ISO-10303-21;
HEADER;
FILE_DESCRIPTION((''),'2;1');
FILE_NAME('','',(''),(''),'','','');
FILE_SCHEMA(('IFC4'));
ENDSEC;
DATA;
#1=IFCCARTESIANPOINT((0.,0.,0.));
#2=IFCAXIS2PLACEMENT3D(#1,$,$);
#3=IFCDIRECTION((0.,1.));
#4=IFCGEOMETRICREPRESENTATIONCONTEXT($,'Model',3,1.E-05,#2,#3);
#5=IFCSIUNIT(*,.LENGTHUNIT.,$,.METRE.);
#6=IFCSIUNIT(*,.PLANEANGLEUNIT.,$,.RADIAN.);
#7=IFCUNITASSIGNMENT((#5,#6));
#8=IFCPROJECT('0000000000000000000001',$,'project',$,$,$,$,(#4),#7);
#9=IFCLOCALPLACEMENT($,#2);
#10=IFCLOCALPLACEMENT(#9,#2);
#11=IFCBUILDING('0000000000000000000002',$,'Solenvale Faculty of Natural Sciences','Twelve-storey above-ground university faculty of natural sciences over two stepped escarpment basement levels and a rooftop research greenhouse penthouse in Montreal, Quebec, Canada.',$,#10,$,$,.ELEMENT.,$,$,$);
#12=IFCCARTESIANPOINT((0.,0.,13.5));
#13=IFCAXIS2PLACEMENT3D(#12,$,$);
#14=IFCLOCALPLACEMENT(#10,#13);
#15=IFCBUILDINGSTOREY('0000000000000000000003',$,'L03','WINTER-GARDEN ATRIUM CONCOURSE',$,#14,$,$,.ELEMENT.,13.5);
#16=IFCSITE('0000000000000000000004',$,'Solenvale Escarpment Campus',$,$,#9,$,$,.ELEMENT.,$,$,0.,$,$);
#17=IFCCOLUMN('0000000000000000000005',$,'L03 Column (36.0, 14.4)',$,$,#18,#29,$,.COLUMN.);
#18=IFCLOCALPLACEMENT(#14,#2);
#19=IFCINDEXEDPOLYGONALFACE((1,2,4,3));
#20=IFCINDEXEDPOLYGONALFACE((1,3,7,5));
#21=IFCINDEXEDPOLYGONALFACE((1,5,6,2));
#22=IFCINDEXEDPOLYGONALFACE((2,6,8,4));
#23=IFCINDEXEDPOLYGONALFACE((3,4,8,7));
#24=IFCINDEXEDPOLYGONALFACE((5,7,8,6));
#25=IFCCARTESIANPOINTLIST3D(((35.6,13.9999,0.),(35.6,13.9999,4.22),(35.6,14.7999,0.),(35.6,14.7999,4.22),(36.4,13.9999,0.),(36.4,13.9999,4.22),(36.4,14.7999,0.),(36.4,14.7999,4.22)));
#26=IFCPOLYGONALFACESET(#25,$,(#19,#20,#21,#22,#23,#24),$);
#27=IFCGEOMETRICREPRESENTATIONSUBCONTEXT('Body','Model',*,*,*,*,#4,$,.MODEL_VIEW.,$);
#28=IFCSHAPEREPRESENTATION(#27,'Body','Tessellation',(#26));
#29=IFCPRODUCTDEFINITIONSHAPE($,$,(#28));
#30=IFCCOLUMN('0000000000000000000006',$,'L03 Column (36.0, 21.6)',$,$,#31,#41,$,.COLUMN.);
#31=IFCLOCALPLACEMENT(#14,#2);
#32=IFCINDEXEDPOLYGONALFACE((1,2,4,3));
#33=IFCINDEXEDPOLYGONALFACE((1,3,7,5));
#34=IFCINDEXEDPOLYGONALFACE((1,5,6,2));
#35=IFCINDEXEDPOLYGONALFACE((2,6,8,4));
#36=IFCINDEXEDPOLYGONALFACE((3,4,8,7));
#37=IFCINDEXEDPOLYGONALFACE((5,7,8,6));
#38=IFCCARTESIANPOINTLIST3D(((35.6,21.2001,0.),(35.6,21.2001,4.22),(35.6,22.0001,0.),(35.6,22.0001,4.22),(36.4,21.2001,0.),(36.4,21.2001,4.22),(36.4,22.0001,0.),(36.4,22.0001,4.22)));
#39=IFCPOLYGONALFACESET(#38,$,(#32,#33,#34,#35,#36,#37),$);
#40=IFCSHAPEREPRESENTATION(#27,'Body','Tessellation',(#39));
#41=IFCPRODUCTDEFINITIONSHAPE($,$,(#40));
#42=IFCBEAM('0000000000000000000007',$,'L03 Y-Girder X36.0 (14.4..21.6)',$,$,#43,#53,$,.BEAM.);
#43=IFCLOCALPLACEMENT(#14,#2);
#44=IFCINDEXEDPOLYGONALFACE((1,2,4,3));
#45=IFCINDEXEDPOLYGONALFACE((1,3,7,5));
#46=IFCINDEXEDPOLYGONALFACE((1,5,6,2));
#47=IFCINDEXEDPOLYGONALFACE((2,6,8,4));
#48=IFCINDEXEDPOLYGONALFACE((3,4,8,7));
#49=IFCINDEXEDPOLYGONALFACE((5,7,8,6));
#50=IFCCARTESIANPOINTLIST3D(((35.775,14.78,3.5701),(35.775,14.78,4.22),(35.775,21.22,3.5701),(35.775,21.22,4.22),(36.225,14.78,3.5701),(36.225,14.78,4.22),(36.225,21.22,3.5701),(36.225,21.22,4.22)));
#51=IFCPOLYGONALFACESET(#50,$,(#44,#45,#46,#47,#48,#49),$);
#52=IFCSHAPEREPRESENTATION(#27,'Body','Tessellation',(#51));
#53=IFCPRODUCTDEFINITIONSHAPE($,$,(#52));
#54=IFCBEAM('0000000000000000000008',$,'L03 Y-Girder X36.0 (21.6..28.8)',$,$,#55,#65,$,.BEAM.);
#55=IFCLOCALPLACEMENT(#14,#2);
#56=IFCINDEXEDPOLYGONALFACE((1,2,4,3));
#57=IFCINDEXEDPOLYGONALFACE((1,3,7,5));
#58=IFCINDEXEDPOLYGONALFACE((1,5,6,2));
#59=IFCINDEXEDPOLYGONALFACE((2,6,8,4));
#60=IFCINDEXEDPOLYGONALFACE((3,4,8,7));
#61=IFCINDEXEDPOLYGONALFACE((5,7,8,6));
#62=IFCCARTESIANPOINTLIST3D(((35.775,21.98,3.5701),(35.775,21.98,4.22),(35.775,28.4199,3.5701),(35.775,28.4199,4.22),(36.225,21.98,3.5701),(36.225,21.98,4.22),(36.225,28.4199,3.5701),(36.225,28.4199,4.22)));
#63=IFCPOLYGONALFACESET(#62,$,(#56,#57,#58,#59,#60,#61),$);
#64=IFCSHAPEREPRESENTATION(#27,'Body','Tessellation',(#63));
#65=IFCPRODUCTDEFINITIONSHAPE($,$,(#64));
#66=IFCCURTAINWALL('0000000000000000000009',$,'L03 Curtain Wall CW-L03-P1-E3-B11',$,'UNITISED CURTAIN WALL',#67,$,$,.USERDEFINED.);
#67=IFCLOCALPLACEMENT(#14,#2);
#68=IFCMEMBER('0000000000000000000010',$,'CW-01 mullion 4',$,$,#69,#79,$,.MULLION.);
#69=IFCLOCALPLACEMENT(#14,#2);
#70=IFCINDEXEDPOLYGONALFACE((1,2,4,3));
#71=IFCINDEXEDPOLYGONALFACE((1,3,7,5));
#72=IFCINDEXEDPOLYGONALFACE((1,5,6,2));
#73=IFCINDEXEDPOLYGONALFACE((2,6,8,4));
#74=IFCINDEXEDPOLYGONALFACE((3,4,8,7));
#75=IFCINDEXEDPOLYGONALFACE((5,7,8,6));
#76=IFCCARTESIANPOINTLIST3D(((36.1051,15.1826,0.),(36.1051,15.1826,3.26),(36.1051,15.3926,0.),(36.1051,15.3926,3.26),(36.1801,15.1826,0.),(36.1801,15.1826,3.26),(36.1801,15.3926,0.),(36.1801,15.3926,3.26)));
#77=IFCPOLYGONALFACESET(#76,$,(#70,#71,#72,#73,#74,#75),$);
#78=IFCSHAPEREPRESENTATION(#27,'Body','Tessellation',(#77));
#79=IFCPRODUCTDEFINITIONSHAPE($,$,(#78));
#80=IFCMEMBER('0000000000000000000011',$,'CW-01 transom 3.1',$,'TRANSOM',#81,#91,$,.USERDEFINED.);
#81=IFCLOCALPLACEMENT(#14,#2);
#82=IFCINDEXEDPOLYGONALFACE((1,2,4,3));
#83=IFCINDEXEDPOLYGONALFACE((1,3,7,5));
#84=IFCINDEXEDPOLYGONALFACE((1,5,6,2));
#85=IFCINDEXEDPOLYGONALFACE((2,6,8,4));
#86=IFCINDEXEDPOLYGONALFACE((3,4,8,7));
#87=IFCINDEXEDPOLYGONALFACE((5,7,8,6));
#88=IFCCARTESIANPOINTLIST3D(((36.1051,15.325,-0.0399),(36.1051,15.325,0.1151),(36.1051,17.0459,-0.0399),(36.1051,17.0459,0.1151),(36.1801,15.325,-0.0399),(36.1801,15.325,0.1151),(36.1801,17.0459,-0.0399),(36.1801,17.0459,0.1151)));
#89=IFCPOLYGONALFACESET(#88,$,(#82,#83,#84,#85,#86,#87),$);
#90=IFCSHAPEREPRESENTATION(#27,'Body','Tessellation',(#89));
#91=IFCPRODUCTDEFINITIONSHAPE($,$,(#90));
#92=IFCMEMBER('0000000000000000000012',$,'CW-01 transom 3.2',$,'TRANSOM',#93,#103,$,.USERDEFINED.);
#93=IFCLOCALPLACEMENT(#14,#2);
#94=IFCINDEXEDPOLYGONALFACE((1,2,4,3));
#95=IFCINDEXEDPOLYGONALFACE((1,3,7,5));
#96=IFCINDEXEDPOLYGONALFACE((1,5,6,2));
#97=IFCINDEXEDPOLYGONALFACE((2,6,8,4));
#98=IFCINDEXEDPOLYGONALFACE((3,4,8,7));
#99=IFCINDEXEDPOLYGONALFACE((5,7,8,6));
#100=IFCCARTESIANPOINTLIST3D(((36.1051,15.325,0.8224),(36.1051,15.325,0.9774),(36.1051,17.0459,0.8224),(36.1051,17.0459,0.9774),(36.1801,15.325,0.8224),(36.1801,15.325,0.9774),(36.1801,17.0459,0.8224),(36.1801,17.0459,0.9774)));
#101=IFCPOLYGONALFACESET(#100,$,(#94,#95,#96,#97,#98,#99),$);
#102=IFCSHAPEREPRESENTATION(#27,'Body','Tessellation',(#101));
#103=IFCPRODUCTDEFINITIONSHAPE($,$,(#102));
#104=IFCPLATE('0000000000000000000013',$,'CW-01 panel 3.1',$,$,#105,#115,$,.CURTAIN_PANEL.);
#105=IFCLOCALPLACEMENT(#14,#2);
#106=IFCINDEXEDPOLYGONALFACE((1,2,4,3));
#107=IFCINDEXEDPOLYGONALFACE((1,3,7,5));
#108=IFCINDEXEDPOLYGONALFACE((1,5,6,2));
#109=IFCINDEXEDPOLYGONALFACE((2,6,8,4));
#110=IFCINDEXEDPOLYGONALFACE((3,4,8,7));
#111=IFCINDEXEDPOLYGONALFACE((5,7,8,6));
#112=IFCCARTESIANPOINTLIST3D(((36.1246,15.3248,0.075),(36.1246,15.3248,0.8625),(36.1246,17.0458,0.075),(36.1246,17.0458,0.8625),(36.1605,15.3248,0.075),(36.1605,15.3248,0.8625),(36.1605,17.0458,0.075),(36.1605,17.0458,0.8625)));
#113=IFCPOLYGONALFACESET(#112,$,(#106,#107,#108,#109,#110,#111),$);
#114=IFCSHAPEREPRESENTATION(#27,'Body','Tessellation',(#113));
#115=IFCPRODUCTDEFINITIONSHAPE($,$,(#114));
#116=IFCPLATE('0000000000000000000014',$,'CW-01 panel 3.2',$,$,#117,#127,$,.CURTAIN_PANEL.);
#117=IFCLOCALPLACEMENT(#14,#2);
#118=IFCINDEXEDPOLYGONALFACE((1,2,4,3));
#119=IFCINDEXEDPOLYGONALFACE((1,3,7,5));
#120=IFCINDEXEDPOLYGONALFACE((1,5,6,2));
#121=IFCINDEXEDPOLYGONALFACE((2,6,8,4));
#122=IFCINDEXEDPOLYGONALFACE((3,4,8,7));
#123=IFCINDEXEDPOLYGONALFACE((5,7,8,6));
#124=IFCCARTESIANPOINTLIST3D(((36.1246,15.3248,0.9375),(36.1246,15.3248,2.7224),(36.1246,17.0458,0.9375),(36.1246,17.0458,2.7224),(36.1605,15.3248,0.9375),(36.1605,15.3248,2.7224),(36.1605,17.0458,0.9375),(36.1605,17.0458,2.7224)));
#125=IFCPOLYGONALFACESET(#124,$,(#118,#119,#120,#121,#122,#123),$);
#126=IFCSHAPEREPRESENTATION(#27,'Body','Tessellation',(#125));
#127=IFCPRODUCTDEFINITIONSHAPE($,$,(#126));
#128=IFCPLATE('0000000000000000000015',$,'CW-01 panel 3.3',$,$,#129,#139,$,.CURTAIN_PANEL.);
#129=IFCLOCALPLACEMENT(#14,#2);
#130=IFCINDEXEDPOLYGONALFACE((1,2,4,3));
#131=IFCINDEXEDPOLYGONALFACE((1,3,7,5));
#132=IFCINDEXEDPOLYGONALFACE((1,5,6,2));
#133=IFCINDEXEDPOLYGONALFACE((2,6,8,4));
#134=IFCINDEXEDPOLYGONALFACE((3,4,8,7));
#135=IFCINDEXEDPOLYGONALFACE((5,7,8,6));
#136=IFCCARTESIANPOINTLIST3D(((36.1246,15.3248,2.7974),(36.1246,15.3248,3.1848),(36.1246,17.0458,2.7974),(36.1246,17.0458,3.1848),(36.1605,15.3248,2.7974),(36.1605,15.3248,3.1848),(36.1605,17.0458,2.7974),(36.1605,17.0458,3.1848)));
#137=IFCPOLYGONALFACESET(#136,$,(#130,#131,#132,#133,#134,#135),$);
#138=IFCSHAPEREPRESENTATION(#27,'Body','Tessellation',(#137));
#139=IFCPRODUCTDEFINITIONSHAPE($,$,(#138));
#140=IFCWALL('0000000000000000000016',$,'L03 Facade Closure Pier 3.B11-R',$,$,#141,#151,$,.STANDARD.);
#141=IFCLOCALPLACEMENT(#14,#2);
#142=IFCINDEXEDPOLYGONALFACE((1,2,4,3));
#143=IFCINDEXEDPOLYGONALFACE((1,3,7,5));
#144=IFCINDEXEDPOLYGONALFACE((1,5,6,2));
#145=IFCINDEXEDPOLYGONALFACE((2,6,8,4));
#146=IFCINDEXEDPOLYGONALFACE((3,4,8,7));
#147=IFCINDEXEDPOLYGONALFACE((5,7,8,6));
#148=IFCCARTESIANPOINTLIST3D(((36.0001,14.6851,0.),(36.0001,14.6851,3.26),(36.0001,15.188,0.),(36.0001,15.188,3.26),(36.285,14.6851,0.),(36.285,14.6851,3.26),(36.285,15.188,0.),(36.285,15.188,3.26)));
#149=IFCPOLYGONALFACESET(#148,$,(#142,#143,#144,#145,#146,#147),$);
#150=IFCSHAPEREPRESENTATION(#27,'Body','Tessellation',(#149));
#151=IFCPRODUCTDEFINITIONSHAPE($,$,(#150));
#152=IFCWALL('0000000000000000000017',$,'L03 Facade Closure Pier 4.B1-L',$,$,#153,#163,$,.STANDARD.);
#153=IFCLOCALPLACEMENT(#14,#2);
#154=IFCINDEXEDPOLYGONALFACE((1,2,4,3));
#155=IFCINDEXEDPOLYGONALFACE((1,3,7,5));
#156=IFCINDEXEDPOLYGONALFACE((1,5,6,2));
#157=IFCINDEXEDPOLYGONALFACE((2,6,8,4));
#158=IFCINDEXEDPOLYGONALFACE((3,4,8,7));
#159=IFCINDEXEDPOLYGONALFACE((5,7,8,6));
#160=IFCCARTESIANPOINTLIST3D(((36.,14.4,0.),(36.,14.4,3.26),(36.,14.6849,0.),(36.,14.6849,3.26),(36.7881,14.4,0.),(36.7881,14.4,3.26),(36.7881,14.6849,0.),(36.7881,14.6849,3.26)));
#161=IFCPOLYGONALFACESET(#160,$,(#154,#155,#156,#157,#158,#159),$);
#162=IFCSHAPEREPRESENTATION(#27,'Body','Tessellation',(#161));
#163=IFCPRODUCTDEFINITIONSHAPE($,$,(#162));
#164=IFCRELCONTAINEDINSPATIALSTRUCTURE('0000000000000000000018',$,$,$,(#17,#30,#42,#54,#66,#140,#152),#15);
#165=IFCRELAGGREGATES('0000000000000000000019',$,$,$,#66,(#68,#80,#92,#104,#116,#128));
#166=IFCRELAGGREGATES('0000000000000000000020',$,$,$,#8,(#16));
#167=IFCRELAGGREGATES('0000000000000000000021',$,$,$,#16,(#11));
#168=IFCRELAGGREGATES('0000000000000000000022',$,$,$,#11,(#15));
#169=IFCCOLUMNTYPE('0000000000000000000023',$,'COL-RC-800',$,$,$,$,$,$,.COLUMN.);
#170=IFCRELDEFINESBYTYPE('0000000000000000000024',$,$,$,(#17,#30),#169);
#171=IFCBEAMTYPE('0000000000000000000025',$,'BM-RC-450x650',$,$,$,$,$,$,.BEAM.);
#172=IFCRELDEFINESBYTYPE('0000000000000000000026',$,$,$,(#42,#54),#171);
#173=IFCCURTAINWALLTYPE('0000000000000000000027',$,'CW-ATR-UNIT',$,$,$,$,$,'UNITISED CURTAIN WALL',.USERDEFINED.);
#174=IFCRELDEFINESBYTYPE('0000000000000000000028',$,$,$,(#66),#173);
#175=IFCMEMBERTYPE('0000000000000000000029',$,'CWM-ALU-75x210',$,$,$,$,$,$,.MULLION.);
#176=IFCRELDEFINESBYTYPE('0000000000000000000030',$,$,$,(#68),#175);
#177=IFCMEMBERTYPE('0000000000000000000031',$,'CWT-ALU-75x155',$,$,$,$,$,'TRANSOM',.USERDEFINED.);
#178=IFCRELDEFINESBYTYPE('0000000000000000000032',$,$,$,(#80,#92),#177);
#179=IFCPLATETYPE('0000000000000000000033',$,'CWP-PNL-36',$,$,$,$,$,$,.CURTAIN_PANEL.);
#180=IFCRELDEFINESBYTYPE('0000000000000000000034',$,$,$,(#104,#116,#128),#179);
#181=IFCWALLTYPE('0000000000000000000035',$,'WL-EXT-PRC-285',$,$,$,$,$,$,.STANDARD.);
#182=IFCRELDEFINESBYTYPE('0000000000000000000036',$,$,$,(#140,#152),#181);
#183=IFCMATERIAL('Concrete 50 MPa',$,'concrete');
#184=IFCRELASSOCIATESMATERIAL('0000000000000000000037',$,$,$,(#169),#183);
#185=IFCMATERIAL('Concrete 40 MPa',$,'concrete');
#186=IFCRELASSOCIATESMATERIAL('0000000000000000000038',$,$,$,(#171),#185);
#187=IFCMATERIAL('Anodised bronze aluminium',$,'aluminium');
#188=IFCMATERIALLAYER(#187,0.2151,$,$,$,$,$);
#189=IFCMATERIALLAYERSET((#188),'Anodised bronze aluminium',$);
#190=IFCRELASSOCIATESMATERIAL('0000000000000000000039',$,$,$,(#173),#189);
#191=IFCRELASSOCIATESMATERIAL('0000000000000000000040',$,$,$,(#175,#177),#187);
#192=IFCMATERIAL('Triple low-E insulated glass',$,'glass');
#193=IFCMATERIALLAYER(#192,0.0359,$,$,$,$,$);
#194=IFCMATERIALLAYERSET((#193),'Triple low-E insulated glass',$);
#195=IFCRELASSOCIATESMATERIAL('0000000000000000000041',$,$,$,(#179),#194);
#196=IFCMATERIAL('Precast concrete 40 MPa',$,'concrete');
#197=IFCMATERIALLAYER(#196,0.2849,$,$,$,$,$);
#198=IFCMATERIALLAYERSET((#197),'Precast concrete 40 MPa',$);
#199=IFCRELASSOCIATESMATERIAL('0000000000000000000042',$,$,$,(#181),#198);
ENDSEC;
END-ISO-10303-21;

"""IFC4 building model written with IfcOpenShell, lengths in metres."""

from ifc_helpers import new_model, si_unit, direction, frame, frame_2d, origin, origin_2d, place, context, subcontext, project, spatial, rectangle, extrude, material, layer, layer_set, material_profile, profile_set, type_object, element, aggregate, save


model = new_model("IFC4")

# Units and contexts
model_context = context("Model", 3, precision=1e-05, world=origin(), true_north=direction((0.0, 1.0)))
body_context = subcontext(model_context, "Body", "Model", "MODEL_VIEW")
ifc_project = project(units=[si_unit("LENGTHUNIT", "METRE"), si_unit("PLANEANGLEUNIT", "RADIAN")], contexts=[model_context])

# Site, building, storey
site_placement = place(None, origin())
site = spatial("IfcSite", under=ifc_project, at=site_placement, Name="Solenvale Escarpment Campus", CompositionType="ELEMENT", RefElevation=0.0)
building_placement = place(site_placement, origin())
building = spatial("IfcBuilding", under=site, at=building_placement, Name="Solenvale Faculty of Natural Sciences", Description="Twelve-storey above-ground university faculty of natural sciences over two stepped escarpment basement levels and a rooftop research greenhouse penthouse in Montreal, Quebec, Canada.", CompositionType="ELEMENT")
storey_placement = place(building_placement, frame((0.0, 0.0, 13.5)))
storey = spatial("IfcBuildingStorey", under=building, at=storey_placement, Name="L03", Description="WINTER-GARDEN ATRIUM CONCOURSE", CompositionType="ELEMENT", Elevation=13.5)

# Columns
ifc_material_1 = material(Name="Concrete 50 MPa", Category="concrete")
ifc_material_profile_1 = material_profile(ifc_material_1, rectangle(XDim=0.8, YDim=0.8, at=origin_2d()), Name="RC-COL-800x800")
ifc_profile_set_1 = profile_set([ifc_material_profile_1], Name="Concrete 50 MPa")
column_type = type_object("IfcColumnType", Name="COL-RC-800", PredefinedType="COLUMN", material=ifc_profile_set_1)
for number, where, z_axis, x_axis, name in (
    (1, (36.0, 14.3999, 0.0), (0.0, 0.0, 1.0), (1.0, 0.0, 0.0), "L03 Column (36.0, 14.4)"),
    (2, (36.0, 21.6001, 0.0), (0.0, 0.0, 1.0), (1.0, 0.0, 0.0), "L03 Column (36.0, 21.6)"),
):
    element("IfcColumn", number, at=place(storey_placement, frame(where, z_axis=z_axis, x_axis=x_axis)), inside=storey, type_object=column_type, Name=name, PredefinedType="COLUMN", context=body_context, shape_type="SweptSolid", body=[
        extrude(rectangle(XDim=0.8, YDim=0.8, at=origin_2d()), origin(), (0.0, 0.0, 1.0), 4.22),
    ])

# Beams
ifc_material_2 = material(Name="Concrete 40 MPa", Category="concrete")
ifc_material_profile_2 = material_profile(ifc_material_2, rectangle(XDim=0.45, YDim=0.6499, at=origin_2d()), Name="RC-BM-450x650")
ifc_profile_set_2 = profile_set([ifc_material_profile_2], Name="Concrete 40 MPa")
beam_type = type_object("IfcBeamType", Name="BM-RC-450x650", PredefinedType="BEAM", material=ifc_profile_set_2)
for number, where, z_axis, x_axis, name in (
    (3, (36.0, 14.78, 3.895), (0.0, 1.0, 0.0), (-1.0, 0.0, 0.0), "L03 Y-Girder X36.0 (14.4..21.6)"),
    (4, (36.0, 21.98, 3.895), (0.0, 1.0, 0.0), (-1.0, 0.0, 0.0), "L03 Y-Girder X36.0 (21.6..28.8)"),
):
    element("IfcBeam", number, at=place(storey_placement, frame(where, z_axis=z_axis, x_axis=x_axis)), inside=storey, type_object=beam_type, Name=name, PredefinedType="BEAM", context=body_context, shape_type="SweptSolid", body=[
        extrude(rectangle(XDim=0.45, YDim=0.6499, at=origin_2d()), origin(), (0.0, 0.0, 1.0), 6.4399),
    ])

# Curtain wall, members, plates
ifc_material_3 = material(Name="Anodised bronze aluminium", Category="aluminium")
ifc_layer_1 = layer(ifc_material_3, 0.2151)
ifc_layer_set_1 = layer_set([ifc_layer_1], Name="Anodised bronze aluminium")
curtain_wall_type = type_object("IfcCurtainWallType", Name="CW-ATR-UNIT", ElementType="UNITISED CURTAIN WALL", PredefinedType="USERDEFINED", material=ifc_layer_set_1)
curtain_wall_placement = place(storey_placement, origin())
curtain_wall = element("IfcCurtainWall", 5, at=curtain_wall_placement, inside=storey, type_object=curtain_wall_type, Name="L03 Curtain Wall CW-L03-P1-E3-B11", ObjectType="UNITISED CURTAIN WALL", PredefinedType="USERDEFINED")
ifc_material_profile_3 = material_profile(ifc_material_3, rectangle(XDim=0.075, YDim=0.21, at=origin_2d()), Name="ALU-MUL-75x210")
ifc_profile_set_3 = profile_set([ifc_material_profile_3], Name="Anodised bronze aluminium")
member_type_1 = type_object("IfcMemberType", Name="CWM-ALU-75x210", PredefinedType="MULLION", material=ifc_profile_set_3)
member_1_placement = place(storey_placement, frame((36.1426, 15.2876, 0.0), z_axis=(0.0, 0.0, 1.0), x_axis=(1.0, 0.0, 0.0)))
member_1 = element("IfcMember", 6, at=member_1_placement, type_object=member_type_1, Name="CW-01 mullion 4", PredefinedType="MULLION", context=body_context, shape_type="SweptSolid", body=[
    extrude(rectangle(XDim=0.075, YDim=0.21, at=origin_2d()), origin(), (0.0, 0.0, 1.0), 3.26),
])
ifc_material_profile_4 = material_profile(ifc_material_3, rectangle(XDim=0.075, YDim=0.155, at=origin_2d()), Name="ALU-TRN-75x155")
ifc_profile_set_4 = profile_set([ifc_material_profile_4], Name="Anodised bronze aluminium")
member_type_2 = type_object("IfcMemberType", Name="CWT-ALU-75x155", ElementType="TRANSOM", PredefinedType="USERDEFINED", material=ifc_profile_set_4)
member_2_placement = place(storey_placement, frame((36.1426, 17.0459, 0.0376), z_axis=(0.0, -1.0, 0.0), x_axis=(1.0, 0.0, 0.0)))
member_2 = element("IfcMember", 7, at=member_2_placement, type_object=member_type_2, Name="CW-01 transom 3.1", ObjectType="TRANSOM", PredefinedType="USERDEFINED", context=body_context, shape_type="SweptSolid", body=[
    extrude(rectangle(XDim=0.075, YDim=0.155, at=origin_2d()), origin(), (0.0, 0.0, 1.0), 1.7209),
])
member_3_placement = place(storey_placement, frame((36.1426, 17.0459, 0.8999), z_axis=(0.0, -1.0, 0.0), x_axis=(1.0, 0.0, 0.0)))
member_3 = element("IfcMember", 8, at=member_3_placement, type_object=member_type_2, Name="CW-01 transom 3.2", ObjectType="TRANSOM", PredefinedType="USERDEFINED", context=body_context, shape_type="SweptSolid", body=[
    extrude(rectangle(XDim=0.075, YDim=0.155, at=origin_2d()), origin(), (0.0, 0.0, 1.0), 1.7209),
])
ifc_material_4 = material(Name="Triple low-E insulated glass", Category="glass")
ifc_layer_2 = layer(ifc_material_4, 0.0359)
ifc_layer_set_2 = layer_set([ifc_layer_2], Name="Triple low-E insulated glass")
plate_type = type_object("IfcPlateType", Name="CWP-PNL-36", PredefinedType="CURTAIN_PANEL", material=ifc_layer_set_2)
plate_1_placement = place(storey_placement, frame((36.1426, 16.1853, 0.075), z_axis=(0.0, 0.0, 1.0), x_axis=(0.0, -1.0, 0.0)))
plate_1 = element("IfcPlate", 9, at=plate_1_placement, type_object=plate_type, Name="CW-01 panel 3.1", PredefinedType="CURTAIN_PANEL", context=body_context, shape_type="SweptSolid", body=[
    extrude(rectangle(XDim=1.7209, YDim=0.0359, at=origin_2d()), origin(), (0.0, 0.0, 1.0), 0.7876),
])
plate_2_placement = place(storey_placement, frame((36.1426, 16.1853, 0.9375), z_axis=(0.0, 0.0, 1.0), x_axis=(0.0, -1.0, 0.0)))
plate_2 = element("IfcPlate", 10, at=plate_2_placement, type_object=plate_type, Name="CW-01 panel 3.2", PredefinedType="CURTAIN_PANEL", context=body_context, shape_type="SweptSolid", body=[
    extrude(rectangle(XDim=1.7209, YDim=0.0359, at=origin_2d()), origin(), (0.0, 0.0, 1.0), 1.7849),
])
plate_3_placement = place(storey_placement, frame((36.1426, 16.1853, 2.7974), z_axis=(0.0, 0.0, 1.0), x_axis=(0.0, -1.0, 0.0)))
plate_3 = element("IfcPlate", 11, at=plate_3_placement, type_object=plate_type, Name="CW-01 panel 3.3", PredefinedType="CURTAIN_PANEL", context=body_context, shape_type="SweptSolid", body=[
    extrude(rectangle(XDim=1.7209, YDim=0.0359, at=origin_2d()), origin(), (0.0, 0.0, 1.0), 0.3875),
])
aggregate(curtain_wall, [member_1, member_2, member_3, plate_1, plate_2, plate_3])

# Walls
ifc_material_5 = material(Name="Precast concrete 40 MPa", Category="concrete")
ifc_layer_3 = layer(ifc_material_5, 0.2849)
ifc_layer_set_3 = layer_set([ifc_layer_3], Name="Precast concrete 40 MPa")
wall_type = type_object("IfcWallType", Name="WL-EXT-PRC-285", PredefinedType="STANDARD", material=ifc_layer_set_3)
wall_1_placement = place(storey_placement, frame((36.1426, 15.188, 0.0), z_axis=(0.0, 0.0, 1.0), x_axis=(0.0, -1.0, 0.0)))
element("IfcWall", 12, at=wall_1_placement, inside=storey, type_object=wall_type, Name="L03 Facade Closure Pier 3.B11-R", PredefinedType="STANDARD", context=body_context, shape_type="SweptSolid", body=[
    extrude(rectangle(XDim=0.5029, YDim=0.2849, at=frame_2d((0.2515, 0.0))), origin(), (0.0, 0.0, 1.0), 3.26),
])
wall_2_placement = place(storey_placement, frame((36.0, 14.5425, 0.0), z_axis=(0.0, 0.0, 1.0), x_axis=(1.0, 0.0, 0.0)))
element("IfcWall", 13, at=wall_2_placement, inside=storey, type_object=wall_type, Name="L03 Facade Closure Pier 4.B1-L", PredefinedType="STANDARD", context=body_context, shape_type="SweptSolid", body=[
    extrude(rectangle(XDim=0.7881, YDim=0.2849, at=frame_2d((0.394, 0.0))), origin(), (0.0, 0.0, 1.0), 3.26),
])

save(model, "model.ifc")
